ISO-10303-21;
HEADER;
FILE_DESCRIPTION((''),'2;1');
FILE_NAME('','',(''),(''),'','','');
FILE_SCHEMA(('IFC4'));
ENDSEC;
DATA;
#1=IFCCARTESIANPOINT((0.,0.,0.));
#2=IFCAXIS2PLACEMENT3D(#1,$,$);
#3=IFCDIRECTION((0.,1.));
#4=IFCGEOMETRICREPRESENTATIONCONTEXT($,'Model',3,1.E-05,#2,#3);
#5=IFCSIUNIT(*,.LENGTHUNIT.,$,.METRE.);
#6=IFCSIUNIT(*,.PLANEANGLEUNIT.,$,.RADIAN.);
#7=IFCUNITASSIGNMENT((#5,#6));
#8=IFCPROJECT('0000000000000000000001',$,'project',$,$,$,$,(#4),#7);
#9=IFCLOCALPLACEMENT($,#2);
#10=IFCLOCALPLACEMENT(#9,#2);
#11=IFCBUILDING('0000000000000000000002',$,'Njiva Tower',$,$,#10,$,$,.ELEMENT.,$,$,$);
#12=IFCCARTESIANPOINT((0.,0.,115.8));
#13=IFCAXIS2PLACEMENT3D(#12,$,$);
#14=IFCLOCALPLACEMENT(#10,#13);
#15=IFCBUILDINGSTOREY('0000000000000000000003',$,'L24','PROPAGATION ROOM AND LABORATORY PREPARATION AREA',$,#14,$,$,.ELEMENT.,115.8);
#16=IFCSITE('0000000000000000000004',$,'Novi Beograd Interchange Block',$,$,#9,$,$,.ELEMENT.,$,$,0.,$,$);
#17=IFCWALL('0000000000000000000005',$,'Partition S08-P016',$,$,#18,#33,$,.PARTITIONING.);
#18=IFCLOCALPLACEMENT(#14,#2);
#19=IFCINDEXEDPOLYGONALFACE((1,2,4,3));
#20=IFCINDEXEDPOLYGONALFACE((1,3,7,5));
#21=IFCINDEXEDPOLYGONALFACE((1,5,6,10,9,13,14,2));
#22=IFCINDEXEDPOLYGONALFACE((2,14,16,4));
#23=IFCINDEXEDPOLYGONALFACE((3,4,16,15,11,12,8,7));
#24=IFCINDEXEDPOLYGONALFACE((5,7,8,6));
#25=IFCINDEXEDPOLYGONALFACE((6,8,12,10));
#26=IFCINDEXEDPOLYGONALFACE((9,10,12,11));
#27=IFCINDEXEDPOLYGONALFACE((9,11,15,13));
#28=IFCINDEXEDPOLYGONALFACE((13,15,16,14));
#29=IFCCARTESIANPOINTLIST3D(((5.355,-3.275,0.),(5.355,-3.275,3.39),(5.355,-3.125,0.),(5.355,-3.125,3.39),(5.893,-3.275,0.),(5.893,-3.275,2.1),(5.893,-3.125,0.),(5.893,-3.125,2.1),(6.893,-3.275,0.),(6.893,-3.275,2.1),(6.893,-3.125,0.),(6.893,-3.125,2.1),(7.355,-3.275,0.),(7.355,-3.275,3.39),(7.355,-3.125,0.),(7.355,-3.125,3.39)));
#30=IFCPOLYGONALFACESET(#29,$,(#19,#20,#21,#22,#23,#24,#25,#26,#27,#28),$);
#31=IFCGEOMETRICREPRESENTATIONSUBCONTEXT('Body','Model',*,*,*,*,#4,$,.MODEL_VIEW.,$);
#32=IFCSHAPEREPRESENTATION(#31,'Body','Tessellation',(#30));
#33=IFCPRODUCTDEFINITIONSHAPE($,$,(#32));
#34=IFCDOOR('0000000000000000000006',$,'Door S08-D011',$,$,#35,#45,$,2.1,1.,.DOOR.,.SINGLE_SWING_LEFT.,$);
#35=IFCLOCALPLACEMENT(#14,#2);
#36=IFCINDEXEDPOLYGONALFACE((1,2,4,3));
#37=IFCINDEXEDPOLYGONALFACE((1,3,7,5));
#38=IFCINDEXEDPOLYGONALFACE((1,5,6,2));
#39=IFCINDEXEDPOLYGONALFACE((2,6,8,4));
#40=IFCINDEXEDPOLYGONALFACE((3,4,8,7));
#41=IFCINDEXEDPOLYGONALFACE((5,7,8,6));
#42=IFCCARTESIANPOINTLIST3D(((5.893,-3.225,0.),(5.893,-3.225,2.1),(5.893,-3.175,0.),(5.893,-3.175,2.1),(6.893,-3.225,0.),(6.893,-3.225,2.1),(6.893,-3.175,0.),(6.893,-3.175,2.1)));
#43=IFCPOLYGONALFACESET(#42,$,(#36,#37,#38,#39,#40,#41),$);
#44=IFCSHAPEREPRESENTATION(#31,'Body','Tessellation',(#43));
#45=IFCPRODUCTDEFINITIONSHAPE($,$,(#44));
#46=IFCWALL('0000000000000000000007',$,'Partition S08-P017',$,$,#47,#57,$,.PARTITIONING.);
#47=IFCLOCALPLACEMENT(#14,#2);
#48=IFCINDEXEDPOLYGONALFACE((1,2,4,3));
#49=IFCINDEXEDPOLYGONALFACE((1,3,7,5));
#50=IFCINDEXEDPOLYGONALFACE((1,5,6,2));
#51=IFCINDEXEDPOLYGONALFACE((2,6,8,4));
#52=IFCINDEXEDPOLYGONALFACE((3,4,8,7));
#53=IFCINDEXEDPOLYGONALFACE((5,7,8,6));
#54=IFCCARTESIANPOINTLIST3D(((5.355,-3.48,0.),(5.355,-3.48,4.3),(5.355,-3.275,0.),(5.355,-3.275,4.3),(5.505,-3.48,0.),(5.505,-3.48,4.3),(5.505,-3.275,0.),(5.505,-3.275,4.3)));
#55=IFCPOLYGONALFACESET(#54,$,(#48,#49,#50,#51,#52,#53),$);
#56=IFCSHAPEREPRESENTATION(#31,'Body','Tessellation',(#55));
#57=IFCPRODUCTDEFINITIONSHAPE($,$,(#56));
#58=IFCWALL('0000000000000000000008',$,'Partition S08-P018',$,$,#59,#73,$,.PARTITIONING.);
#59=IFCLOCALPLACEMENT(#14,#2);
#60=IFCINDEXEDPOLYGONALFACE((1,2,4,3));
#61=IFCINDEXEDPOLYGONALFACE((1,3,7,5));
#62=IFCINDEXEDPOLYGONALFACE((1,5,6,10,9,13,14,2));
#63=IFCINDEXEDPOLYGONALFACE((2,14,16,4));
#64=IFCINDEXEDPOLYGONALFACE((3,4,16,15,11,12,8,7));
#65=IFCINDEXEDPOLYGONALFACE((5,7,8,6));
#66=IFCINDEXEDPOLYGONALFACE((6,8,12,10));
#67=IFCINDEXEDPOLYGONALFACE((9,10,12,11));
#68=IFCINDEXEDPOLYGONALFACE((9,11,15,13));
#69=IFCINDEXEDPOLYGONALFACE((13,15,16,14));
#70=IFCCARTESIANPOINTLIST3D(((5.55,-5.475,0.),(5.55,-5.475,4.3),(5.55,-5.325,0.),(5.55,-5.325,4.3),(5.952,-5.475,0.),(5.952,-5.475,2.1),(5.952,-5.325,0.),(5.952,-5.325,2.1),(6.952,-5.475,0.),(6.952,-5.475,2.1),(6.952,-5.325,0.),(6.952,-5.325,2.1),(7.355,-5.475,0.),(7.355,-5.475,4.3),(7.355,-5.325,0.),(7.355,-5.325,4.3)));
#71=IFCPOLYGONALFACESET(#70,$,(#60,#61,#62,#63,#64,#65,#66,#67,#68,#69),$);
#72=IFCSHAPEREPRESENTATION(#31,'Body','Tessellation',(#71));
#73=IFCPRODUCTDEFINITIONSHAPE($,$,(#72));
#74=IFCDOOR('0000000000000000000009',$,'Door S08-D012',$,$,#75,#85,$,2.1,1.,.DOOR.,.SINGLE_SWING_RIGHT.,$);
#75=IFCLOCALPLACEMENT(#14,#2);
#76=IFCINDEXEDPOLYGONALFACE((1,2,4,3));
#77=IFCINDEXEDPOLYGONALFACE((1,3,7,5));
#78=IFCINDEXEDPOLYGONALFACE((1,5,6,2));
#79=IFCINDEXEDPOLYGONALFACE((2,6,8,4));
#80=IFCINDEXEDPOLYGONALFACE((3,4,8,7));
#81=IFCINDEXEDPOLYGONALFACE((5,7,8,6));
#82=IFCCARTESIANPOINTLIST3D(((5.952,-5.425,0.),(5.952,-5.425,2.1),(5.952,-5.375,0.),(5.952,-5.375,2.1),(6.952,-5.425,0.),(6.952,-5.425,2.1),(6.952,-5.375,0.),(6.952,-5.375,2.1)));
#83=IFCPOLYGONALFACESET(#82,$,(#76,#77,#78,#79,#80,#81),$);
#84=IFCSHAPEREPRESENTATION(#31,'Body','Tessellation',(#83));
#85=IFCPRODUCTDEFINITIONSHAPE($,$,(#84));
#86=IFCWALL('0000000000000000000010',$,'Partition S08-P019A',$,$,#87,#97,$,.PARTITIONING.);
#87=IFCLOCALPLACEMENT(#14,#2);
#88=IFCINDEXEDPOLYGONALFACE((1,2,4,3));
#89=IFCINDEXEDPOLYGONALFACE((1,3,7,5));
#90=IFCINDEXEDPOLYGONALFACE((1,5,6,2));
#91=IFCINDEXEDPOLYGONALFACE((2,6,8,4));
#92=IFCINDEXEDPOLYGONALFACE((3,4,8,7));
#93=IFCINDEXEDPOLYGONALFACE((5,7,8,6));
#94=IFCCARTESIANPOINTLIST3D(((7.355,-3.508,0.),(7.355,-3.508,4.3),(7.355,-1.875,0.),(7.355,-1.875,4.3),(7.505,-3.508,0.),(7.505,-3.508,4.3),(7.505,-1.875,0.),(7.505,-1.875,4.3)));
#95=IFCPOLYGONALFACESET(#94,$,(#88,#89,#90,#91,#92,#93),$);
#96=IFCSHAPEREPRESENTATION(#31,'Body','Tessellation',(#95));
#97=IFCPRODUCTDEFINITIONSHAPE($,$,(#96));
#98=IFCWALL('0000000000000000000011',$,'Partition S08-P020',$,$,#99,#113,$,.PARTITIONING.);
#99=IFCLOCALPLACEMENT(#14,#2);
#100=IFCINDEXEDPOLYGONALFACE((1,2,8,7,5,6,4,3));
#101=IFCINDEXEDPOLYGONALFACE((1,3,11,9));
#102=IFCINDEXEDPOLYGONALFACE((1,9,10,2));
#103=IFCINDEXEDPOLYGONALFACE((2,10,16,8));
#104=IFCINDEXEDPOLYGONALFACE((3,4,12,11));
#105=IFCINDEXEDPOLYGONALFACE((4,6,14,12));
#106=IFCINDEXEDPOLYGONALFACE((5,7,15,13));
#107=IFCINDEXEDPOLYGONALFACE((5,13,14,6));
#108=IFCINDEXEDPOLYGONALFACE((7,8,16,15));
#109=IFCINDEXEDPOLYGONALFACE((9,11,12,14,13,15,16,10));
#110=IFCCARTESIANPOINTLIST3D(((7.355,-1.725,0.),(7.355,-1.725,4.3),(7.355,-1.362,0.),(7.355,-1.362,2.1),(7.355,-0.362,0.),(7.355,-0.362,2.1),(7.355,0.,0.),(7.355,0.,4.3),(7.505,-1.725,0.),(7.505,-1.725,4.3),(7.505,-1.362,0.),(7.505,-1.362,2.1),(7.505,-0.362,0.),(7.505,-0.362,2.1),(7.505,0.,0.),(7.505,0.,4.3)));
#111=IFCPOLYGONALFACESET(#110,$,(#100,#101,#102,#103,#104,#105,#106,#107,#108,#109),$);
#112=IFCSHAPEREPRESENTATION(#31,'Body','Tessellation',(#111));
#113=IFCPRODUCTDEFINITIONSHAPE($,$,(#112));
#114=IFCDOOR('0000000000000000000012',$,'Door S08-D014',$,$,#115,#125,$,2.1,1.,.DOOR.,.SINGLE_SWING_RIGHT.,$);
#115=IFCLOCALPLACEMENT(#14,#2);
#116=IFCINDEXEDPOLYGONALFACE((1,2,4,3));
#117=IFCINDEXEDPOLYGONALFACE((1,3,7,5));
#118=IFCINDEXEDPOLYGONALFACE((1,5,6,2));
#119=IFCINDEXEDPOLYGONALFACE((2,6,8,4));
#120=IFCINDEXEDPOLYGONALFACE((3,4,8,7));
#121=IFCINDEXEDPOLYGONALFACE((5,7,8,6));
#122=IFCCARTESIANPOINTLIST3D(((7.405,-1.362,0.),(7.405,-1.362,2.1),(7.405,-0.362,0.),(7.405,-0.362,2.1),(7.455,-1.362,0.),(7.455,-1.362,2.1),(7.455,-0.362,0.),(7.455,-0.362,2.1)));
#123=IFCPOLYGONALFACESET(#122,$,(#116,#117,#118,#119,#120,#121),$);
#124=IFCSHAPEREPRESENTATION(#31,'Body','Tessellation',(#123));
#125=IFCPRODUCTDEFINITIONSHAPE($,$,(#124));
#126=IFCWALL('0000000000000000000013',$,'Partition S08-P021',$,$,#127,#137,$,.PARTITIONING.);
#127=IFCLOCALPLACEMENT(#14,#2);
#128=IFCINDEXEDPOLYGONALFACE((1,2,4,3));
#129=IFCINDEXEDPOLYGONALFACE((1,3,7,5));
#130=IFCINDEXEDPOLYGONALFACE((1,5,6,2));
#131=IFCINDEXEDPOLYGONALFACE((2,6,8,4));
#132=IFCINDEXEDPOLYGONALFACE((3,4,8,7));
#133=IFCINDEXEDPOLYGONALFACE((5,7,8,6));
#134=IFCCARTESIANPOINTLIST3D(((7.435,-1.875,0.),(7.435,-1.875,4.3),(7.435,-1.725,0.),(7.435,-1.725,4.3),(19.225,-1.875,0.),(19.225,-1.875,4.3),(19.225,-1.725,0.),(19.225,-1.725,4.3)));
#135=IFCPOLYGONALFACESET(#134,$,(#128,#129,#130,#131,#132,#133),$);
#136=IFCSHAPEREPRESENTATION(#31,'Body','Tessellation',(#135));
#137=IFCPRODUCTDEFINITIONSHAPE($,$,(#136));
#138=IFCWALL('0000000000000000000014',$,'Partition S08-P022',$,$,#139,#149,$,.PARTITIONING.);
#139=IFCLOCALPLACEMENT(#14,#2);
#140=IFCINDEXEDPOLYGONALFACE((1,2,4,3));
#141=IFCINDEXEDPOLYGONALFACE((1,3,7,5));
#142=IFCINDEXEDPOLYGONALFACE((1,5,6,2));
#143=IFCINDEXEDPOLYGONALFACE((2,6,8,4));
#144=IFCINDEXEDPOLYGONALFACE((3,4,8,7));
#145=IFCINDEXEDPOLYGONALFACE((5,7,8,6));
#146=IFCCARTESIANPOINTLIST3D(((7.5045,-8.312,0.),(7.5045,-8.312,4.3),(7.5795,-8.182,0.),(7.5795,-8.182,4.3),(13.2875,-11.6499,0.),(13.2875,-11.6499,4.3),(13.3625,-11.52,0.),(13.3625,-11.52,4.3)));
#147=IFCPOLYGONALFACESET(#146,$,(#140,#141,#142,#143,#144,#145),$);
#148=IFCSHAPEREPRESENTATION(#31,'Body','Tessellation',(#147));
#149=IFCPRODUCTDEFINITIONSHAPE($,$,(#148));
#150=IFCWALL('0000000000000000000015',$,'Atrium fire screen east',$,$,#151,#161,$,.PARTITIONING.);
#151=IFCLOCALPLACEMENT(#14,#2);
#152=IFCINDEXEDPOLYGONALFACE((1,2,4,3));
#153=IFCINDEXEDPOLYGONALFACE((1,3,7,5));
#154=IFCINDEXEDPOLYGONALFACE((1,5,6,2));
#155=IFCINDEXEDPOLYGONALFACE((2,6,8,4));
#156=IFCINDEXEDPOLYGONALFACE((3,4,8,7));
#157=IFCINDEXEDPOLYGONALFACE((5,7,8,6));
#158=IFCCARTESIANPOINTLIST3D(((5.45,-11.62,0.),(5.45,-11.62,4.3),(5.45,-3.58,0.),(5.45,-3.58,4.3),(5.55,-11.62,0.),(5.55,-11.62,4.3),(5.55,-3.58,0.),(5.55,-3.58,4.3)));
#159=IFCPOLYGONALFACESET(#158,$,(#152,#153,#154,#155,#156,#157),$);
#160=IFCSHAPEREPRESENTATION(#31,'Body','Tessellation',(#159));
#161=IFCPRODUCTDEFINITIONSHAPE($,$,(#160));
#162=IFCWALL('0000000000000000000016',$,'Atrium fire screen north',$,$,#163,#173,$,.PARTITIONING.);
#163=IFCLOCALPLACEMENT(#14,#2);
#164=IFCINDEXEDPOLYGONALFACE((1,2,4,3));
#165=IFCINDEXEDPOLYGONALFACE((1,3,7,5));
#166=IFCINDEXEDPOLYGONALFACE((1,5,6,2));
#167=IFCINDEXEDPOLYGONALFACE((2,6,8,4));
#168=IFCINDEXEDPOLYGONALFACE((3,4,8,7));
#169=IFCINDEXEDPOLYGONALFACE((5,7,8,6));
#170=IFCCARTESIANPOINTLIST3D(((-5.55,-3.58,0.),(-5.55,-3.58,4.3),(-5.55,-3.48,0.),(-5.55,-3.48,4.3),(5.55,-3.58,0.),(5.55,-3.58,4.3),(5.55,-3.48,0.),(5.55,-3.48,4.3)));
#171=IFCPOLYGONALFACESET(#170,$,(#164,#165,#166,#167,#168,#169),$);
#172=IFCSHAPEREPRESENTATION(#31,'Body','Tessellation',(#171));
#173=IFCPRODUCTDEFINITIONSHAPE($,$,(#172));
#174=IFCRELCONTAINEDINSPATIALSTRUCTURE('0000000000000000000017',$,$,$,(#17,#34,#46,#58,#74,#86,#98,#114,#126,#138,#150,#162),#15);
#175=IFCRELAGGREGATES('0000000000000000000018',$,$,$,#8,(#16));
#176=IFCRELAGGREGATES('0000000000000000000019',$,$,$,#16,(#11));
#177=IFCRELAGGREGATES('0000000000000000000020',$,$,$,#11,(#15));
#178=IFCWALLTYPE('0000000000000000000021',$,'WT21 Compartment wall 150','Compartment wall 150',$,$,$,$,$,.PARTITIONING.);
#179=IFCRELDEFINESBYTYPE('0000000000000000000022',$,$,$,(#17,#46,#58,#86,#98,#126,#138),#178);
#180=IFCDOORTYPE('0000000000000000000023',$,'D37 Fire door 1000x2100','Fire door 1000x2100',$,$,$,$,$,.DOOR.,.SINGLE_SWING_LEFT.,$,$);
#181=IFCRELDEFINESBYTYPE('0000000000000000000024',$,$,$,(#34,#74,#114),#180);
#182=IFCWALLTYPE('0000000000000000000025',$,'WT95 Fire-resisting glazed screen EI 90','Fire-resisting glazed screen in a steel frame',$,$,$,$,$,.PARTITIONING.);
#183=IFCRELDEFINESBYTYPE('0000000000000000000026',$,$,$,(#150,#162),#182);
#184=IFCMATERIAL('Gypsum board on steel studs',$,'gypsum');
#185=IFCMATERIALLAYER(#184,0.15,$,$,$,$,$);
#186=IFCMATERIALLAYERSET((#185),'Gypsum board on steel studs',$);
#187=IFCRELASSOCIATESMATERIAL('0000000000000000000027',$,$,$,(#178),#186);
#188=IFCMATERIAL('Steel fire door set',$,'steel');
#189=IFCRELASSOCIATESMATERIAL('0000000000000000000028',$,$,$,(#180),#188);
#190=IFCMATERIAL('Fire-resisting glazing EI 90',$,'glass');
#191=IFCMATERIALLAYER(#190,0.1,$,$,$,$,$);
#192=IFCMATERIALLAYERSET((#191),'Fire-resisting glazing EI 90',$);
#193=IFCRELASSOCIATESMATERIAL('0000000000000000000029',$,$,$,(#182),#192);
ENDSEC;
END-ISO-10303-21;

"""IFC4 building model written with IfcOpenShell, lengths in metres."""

from ifc_helpers import new_model, si_unit, direction, frame, frame_2d, origin, place, context, subcontext, project, spatial, rectangle, extrude, material, layer, layer_set, type_object, element, fill, save


model = new_model("IFC4")

# Units and contexts
model_context = context("Model", 3, precision=1e-05, world=origin(), true_north=direction((0.0, 1.0)))
body_context = subcontext(model_context, "Body", "Model", "MODEL_VIEW")
ifc_project = project(units=[si_unit("LENGTHUNIT", "METRE"), si_unit("PLANEANGLEUNIT", "RADIAN")], contexts=[model_context])

# Site, building, storey
site_placement = place(None, origin())
site = spatial("IfcSite", under=ifc_project, at=site_placement, Name="Novi Beograd Interchange Block", CompositionType="ELEMENT", RefElevation=0.0)
building_placement = place(site_placement, origin())
building = spatial("IfcBuilding", under=site, at=building_placement, Name="Njiva Tower", CompositionType="ELEMENT")
storey_placement = place(building_placement, frame((0.0, 0.0, 115.8)))
storey = spatial("IfcBuildingStorey", under=building, at=storey_placement, Name="L24", Description="PROPAGATION ROOM AND LABORATORY PREPARATION AREA", CompositionType="ELEMENT", Elevation=115.8)

# Wall, opening, door
ifc_material_1 = material(Name="Gypsum board on steel studs", Category="gypsum")
ifc_layer_1 = layer(ifc_material_1, 0.15)
ifc_layer_set_1 = layer_set([ifc_layer_1], Name="Gypsum board on steel studs")
wall_type_1 = type_object("IfcWallType", Name="WT21 Compartment wall 150", Description="Compartment wall 150", PredefinedType="PARTITIONING", material=ifc_layer_set_1)
wall_1_placement = place(storey_placement, frame((5.355, -3.2, 0.0), z_axis=(0.0, 0.0, 1.0), x_axis=(1.0, 0.0, 0.0)))
wall_1 = element("IfcWall", 1, at=wall_1_placement, inside=storey, type_object=wall_type_1, Name="Partition S08-P016", PredefinedType="PARTITIONING", context=body_context, shape_type="SweptSolid", body=[
    extrude(rectangle(XDim=2.0, YDim=0.15, at=frame_2d((1.0, 0.0))), origin(), (0.0, 0.0, 1.0), 3.39),
])
opening_1_placement = place(wall_1_placement, frame((0.538, 0.0, 0.0)))
opening_1 = element("IfcOpeningElement", 2, at=opening_1_placement, cuts=wall_1, PredefinedType="OPENING", context=body_context, shape_type="SweptSolid", body=[
    extrude(rectangle(XDim=1.0, YDim=2.1, at=frame_2d((0.5, 1.05))), frame((0.0, 0.085, 0.0), z_axis=(0.0, -1.0, 0.0), x_axis=(1.0, 0.0, 0.0)), (0.0, 0.0, 1.0), 0.17),
])
ifc_material_2 = material(Name="Steel fire door set", Category="steel")
door_type = type_object("IfcDoorType", Name="D37 Fire door 1000x2100", Description="Fire door 1000x2100", OperationType="SINGLE_SWING_LEFT", PredefinedType="DOOR", material=ifc_material_2)
door_1_placement = place(opening_1_placement, origin())
door_1 = element("IfcDoor", 3, at=door_1_placement, inside=storey, type_object=door_type, Name="Door S08-D011", OperationType="SINGLE_SWING_LEFT", OverallHeight=2.1, OverallWidth=1.0, PredefinedType="DOOR", context=body_context, shape_type="SweptSolid", body=[
    extrude(rectangle(XDim=1.0, YDim=2.1, at=frame_2d((0.5, 1.05))), frame((0.0, 0.025, 0.0), z_axis=(0.0, -1.0, 0.0), x_axis=(1.0, 0.0, 0.0)), (0.0, 0.0, 1.0), 0.05),
])
fill(opening_1, door_1)

# Wall
wall_2_placement = place(storey_placement, frame((5.43, -3.48, 0.0), z_axis=(0.0, 0.0, 1.0), x_axis=(0.0, 1.0, 0.0)))
element("IfcWall", 4, at=wall_2_placement, inside=storey, type_object=wall_type_1, Name="Partition S08-P017", PredefinedType="PARTITIONING", context=body_context, shape_type="SweptSolid", body=[
    extrude(rectangle(XDim=0.205, YDim=0.15, at=frame_2d((0.1025, 0.0))), origin(), (0.0, 0.0, 1.0), 4.3),
])

# Wall, opening, door
wall_3_placement = place(storey_placement, frame((5.55, -5.4, 0.0), z_axis=(0.0, 0.0, 1.0), x_axis=(1.0, 0.0, 0.0)))
wall_3 = element("IfcWall", 5, at=wall_3_placement, inside=storey, type_object=wall_type_1, Name="Partition S08-P018", PredefinedType="PARTITIONING", context=body_context, shape_type="SweptSolid", body=[
    extrude(rectangle(XDim=1.805, YDim=0.15, at=frame_2d((0.9025, 0.0))), origin(), (0.0, 0.0, 1.0), 4.3),
])
opening_2_placement = place(wall_3_placement, frame((0.402, 0.0, 0.0)))
opening_2 = element("IfcOpeningElement", 6, at=opening_2_placement, cuts=wall_3, PredefinedType="OPENING", context=body_context, shape_type="SweptSolid", body=[
    extrude(rectangle(XDim=1.0, YDim=2.1, at=frame_2d((0.5, 1.05))), frame((0.0, 0.085, 0.0), z_axis=(0.0, -1.0, 0.0), x_axis=(1.0, 0.0, 0.0)), (0.0, 0.0, 1.0), 0.17),
])
door_2_placement = place(opening_2_placement, origin())
door_2 = element("IfcDoor", 7, at=door_2_placement, inside=storey, type_object=door_type, Name="Door S08-D012", OperationType="SINGLE_SWING_RIGHT", OverallHeight=2.1, OverallWidth=1.0, PredefinedType="DOOR", context=body_context, shape_type="SweptSolid", body=[
    extrude(rectangle(XDim=1.0, YDim=2.1, at=frame_2d((0.5, 1.05))), frame((0.0, 0.025, 0.0), z_axis=(0.0, -1.0, 0.0), x_axis=(1.0, 0.0, 0.0)), (0.0, 0.0, 1.0), 0.05),
])
fill(opening_2, door_2)

# Wall
wall_4_placement = place(storey_placement, frame((7.43, -3.508, 0.0), z_axis=(0.0, 0.0, 1.0), x_axis=(0.0, 1.0, 0.0)))
element("IfcWall", 8, at=wall_4_placement, inside=storey, type_object=wall_type_1, Name="Partition S08-P019A", PredefinedType="PARTITIONING", context=body_context, shape_type="SweptSolid", body=[
    extrude(rectangle(XDim=1.633, YDim=0.15, at=frame_2d((0.8165, 0.0))), origin(), (0.0, 0.0, 1.0), 4.3),
])

# Wall, opening, door
wall_5_placement = place(storey_placement, frame((7.43, -1.725, 0.0), z_axis=(0.0, 0.0, 1.0), x_axis=(0.0, 1.0, 0.0)))
wall_5 = element("IfcWall", 9, at=wall_5_placement, inside=storey, type_object=wall_type_1, Name="Partition S08-P020", PredefinedType="PARTITIONING", context=body_context, shape_type="SweptSolid", body=[
    extrude(rectangle(XDim=1.725, YDim=0.15, at=frame_2d((0.8625, 0.0))), origin(), (0.0, 0.0, 1.0), 4.3),
])
opening_3_placement = place(wall_5_placement, frame((0.363, 0.0, 0.0)))
opening_3 = element("IfcOpeningElement", 10, at=opening_3_placement, cuts=wall_5, PredefinedType="OPENING", context=body_context, shape_type="SweptSolid", body=[
    extrude(rectangle(XDim=1.0, YDim=2.1, at=frame_2d((0.5, 1.05))), frame((0.0, 0.085, 0.0), z_axis=(0.0, -1.0, 0.0), x_axis=(1.0, 0.0, 0.0)), (0.0, 0.0, 1.0), 0.17),
])
door_3_placement = place(opening_3_placement, origin())
door_3 = element("IfcDoor", 11, at=door_3_placement, inside=storey, type_object=door_type, Name="Door S08-D014", OperationType="SINGLE_SWING_RIGHT", OverallHeight=2.1, OverallWidth=1.0, PredefinedType="DOOR", context=body_context, shape_type="SweptSolid", body=[
    extrude(rectangle(XDim=1.0, YDim=2.1, at=frame_2d((0.5, 1.05))), frame((0.0, 0.025, 0.0), z_axis=(0.0, -1.0, 0.0), x_axis=(1.0, 0.0, 0.0)), (0.0, 0.0, 1.0), 0.05),
])
fill(opening_3, door_3)

# Walls
wall_6_placement = place(storey_placement, frame((7.435, -1.8, 0.0), z_axis=(0.0, 0.0, 1.0), x_axis=(1.0, 0.0, 0.0)))
element("IfcWall", 12, at=wall_6_placement, inside=storey, type_object=wall_type_1, Name="Partition S08-P021", PredefinedType="PARTITIONING", context=body_context, shape_type="SweptSolid", body=[
    extrude(rectangle(XDim=11.79, YDim=0.15, at=frame_2d((5.895, 0.0))), origin(), (0.0, 0.0, 1.0), 4.3),
])
wall_7_placement = place(storey_placement, frame((7.542, -8.247, 0.0), z_axis=(0.0, 0.0, 1.0), x_axis=(0.866078, -0.499908, 0.0)))
element("IfcWall", 13, at=wall_7_placement, inside=storey, type_object=wall_type_1, Name="Partition S08-P022", PredefinedType="PARTITIONING", context=body_context, shape_type="SweptSolid", body=[
    extrude(rectangle(XDim=6.6772, YDim=0.15, at=frame_2d((3.3386, 0.0))), origin(), (0.0, 0.0, 1.0), 4.3),
])
ifc_material_3 = material(Name="Fire-resisting glazing EI 90", Category="glass")
ifc_layer_2 = layer(ifc_material_3, 0.1)
ifc_layer_set_2 = layer_set([ifc_layer_2], Name="Fire-resisting glazing EI 90")
wall_type_2 = type_object("IfcWallType", Name="WT95 Fire-resisting glazed screen EI 90", Description="Fire-resisting glazed screen in a steel frame", PredefinedType="PARTITIONING", material=ifc_layer_set_2)
wall_8_placement = place(storey_placement, frame((5.5, -11.62, 0.0), z_axis=(0.0, 0.0, 1.0), x_axis=(0.0, 1.0, 0.0)))
element("IfcWall", 14, at=wall_8_placement, inside=storey, type_object=wall_type_2, Name="Atrium fire screen east", PredefinedType="PARTITIONING", context=body_context, shape_type="SweptSolid", body=[
    extrude(rectangle(XDim=8.04, YDim=0.1, at=frame_2d((4.02, 0.0))), origin(), (0.0, 0.0, 1.0), 4.3),
])
wall_9_placement = place(storey_placement, frame((5.55, -3.53, 0.0), z_axis=(0.0, 0.0, 1.0), x_axis=(-1.0, 0.0, 0.0)))
element("IfcWall", 15, at=wall_9_placement, inside=storey, type_object=wall_type_2, Name="Atrium fire screen north", PredefinedType="PARTITIONING", context=body_context, shape_type="SweptSolid", body=[
    extrude(rectangle(XDim=11.1, YDim=0.1, at=frame_2d((5.55, 0.0))), origin(), (0.0, 0.0, 1.0), 4.3),
])

save(model, "model.ifc")
